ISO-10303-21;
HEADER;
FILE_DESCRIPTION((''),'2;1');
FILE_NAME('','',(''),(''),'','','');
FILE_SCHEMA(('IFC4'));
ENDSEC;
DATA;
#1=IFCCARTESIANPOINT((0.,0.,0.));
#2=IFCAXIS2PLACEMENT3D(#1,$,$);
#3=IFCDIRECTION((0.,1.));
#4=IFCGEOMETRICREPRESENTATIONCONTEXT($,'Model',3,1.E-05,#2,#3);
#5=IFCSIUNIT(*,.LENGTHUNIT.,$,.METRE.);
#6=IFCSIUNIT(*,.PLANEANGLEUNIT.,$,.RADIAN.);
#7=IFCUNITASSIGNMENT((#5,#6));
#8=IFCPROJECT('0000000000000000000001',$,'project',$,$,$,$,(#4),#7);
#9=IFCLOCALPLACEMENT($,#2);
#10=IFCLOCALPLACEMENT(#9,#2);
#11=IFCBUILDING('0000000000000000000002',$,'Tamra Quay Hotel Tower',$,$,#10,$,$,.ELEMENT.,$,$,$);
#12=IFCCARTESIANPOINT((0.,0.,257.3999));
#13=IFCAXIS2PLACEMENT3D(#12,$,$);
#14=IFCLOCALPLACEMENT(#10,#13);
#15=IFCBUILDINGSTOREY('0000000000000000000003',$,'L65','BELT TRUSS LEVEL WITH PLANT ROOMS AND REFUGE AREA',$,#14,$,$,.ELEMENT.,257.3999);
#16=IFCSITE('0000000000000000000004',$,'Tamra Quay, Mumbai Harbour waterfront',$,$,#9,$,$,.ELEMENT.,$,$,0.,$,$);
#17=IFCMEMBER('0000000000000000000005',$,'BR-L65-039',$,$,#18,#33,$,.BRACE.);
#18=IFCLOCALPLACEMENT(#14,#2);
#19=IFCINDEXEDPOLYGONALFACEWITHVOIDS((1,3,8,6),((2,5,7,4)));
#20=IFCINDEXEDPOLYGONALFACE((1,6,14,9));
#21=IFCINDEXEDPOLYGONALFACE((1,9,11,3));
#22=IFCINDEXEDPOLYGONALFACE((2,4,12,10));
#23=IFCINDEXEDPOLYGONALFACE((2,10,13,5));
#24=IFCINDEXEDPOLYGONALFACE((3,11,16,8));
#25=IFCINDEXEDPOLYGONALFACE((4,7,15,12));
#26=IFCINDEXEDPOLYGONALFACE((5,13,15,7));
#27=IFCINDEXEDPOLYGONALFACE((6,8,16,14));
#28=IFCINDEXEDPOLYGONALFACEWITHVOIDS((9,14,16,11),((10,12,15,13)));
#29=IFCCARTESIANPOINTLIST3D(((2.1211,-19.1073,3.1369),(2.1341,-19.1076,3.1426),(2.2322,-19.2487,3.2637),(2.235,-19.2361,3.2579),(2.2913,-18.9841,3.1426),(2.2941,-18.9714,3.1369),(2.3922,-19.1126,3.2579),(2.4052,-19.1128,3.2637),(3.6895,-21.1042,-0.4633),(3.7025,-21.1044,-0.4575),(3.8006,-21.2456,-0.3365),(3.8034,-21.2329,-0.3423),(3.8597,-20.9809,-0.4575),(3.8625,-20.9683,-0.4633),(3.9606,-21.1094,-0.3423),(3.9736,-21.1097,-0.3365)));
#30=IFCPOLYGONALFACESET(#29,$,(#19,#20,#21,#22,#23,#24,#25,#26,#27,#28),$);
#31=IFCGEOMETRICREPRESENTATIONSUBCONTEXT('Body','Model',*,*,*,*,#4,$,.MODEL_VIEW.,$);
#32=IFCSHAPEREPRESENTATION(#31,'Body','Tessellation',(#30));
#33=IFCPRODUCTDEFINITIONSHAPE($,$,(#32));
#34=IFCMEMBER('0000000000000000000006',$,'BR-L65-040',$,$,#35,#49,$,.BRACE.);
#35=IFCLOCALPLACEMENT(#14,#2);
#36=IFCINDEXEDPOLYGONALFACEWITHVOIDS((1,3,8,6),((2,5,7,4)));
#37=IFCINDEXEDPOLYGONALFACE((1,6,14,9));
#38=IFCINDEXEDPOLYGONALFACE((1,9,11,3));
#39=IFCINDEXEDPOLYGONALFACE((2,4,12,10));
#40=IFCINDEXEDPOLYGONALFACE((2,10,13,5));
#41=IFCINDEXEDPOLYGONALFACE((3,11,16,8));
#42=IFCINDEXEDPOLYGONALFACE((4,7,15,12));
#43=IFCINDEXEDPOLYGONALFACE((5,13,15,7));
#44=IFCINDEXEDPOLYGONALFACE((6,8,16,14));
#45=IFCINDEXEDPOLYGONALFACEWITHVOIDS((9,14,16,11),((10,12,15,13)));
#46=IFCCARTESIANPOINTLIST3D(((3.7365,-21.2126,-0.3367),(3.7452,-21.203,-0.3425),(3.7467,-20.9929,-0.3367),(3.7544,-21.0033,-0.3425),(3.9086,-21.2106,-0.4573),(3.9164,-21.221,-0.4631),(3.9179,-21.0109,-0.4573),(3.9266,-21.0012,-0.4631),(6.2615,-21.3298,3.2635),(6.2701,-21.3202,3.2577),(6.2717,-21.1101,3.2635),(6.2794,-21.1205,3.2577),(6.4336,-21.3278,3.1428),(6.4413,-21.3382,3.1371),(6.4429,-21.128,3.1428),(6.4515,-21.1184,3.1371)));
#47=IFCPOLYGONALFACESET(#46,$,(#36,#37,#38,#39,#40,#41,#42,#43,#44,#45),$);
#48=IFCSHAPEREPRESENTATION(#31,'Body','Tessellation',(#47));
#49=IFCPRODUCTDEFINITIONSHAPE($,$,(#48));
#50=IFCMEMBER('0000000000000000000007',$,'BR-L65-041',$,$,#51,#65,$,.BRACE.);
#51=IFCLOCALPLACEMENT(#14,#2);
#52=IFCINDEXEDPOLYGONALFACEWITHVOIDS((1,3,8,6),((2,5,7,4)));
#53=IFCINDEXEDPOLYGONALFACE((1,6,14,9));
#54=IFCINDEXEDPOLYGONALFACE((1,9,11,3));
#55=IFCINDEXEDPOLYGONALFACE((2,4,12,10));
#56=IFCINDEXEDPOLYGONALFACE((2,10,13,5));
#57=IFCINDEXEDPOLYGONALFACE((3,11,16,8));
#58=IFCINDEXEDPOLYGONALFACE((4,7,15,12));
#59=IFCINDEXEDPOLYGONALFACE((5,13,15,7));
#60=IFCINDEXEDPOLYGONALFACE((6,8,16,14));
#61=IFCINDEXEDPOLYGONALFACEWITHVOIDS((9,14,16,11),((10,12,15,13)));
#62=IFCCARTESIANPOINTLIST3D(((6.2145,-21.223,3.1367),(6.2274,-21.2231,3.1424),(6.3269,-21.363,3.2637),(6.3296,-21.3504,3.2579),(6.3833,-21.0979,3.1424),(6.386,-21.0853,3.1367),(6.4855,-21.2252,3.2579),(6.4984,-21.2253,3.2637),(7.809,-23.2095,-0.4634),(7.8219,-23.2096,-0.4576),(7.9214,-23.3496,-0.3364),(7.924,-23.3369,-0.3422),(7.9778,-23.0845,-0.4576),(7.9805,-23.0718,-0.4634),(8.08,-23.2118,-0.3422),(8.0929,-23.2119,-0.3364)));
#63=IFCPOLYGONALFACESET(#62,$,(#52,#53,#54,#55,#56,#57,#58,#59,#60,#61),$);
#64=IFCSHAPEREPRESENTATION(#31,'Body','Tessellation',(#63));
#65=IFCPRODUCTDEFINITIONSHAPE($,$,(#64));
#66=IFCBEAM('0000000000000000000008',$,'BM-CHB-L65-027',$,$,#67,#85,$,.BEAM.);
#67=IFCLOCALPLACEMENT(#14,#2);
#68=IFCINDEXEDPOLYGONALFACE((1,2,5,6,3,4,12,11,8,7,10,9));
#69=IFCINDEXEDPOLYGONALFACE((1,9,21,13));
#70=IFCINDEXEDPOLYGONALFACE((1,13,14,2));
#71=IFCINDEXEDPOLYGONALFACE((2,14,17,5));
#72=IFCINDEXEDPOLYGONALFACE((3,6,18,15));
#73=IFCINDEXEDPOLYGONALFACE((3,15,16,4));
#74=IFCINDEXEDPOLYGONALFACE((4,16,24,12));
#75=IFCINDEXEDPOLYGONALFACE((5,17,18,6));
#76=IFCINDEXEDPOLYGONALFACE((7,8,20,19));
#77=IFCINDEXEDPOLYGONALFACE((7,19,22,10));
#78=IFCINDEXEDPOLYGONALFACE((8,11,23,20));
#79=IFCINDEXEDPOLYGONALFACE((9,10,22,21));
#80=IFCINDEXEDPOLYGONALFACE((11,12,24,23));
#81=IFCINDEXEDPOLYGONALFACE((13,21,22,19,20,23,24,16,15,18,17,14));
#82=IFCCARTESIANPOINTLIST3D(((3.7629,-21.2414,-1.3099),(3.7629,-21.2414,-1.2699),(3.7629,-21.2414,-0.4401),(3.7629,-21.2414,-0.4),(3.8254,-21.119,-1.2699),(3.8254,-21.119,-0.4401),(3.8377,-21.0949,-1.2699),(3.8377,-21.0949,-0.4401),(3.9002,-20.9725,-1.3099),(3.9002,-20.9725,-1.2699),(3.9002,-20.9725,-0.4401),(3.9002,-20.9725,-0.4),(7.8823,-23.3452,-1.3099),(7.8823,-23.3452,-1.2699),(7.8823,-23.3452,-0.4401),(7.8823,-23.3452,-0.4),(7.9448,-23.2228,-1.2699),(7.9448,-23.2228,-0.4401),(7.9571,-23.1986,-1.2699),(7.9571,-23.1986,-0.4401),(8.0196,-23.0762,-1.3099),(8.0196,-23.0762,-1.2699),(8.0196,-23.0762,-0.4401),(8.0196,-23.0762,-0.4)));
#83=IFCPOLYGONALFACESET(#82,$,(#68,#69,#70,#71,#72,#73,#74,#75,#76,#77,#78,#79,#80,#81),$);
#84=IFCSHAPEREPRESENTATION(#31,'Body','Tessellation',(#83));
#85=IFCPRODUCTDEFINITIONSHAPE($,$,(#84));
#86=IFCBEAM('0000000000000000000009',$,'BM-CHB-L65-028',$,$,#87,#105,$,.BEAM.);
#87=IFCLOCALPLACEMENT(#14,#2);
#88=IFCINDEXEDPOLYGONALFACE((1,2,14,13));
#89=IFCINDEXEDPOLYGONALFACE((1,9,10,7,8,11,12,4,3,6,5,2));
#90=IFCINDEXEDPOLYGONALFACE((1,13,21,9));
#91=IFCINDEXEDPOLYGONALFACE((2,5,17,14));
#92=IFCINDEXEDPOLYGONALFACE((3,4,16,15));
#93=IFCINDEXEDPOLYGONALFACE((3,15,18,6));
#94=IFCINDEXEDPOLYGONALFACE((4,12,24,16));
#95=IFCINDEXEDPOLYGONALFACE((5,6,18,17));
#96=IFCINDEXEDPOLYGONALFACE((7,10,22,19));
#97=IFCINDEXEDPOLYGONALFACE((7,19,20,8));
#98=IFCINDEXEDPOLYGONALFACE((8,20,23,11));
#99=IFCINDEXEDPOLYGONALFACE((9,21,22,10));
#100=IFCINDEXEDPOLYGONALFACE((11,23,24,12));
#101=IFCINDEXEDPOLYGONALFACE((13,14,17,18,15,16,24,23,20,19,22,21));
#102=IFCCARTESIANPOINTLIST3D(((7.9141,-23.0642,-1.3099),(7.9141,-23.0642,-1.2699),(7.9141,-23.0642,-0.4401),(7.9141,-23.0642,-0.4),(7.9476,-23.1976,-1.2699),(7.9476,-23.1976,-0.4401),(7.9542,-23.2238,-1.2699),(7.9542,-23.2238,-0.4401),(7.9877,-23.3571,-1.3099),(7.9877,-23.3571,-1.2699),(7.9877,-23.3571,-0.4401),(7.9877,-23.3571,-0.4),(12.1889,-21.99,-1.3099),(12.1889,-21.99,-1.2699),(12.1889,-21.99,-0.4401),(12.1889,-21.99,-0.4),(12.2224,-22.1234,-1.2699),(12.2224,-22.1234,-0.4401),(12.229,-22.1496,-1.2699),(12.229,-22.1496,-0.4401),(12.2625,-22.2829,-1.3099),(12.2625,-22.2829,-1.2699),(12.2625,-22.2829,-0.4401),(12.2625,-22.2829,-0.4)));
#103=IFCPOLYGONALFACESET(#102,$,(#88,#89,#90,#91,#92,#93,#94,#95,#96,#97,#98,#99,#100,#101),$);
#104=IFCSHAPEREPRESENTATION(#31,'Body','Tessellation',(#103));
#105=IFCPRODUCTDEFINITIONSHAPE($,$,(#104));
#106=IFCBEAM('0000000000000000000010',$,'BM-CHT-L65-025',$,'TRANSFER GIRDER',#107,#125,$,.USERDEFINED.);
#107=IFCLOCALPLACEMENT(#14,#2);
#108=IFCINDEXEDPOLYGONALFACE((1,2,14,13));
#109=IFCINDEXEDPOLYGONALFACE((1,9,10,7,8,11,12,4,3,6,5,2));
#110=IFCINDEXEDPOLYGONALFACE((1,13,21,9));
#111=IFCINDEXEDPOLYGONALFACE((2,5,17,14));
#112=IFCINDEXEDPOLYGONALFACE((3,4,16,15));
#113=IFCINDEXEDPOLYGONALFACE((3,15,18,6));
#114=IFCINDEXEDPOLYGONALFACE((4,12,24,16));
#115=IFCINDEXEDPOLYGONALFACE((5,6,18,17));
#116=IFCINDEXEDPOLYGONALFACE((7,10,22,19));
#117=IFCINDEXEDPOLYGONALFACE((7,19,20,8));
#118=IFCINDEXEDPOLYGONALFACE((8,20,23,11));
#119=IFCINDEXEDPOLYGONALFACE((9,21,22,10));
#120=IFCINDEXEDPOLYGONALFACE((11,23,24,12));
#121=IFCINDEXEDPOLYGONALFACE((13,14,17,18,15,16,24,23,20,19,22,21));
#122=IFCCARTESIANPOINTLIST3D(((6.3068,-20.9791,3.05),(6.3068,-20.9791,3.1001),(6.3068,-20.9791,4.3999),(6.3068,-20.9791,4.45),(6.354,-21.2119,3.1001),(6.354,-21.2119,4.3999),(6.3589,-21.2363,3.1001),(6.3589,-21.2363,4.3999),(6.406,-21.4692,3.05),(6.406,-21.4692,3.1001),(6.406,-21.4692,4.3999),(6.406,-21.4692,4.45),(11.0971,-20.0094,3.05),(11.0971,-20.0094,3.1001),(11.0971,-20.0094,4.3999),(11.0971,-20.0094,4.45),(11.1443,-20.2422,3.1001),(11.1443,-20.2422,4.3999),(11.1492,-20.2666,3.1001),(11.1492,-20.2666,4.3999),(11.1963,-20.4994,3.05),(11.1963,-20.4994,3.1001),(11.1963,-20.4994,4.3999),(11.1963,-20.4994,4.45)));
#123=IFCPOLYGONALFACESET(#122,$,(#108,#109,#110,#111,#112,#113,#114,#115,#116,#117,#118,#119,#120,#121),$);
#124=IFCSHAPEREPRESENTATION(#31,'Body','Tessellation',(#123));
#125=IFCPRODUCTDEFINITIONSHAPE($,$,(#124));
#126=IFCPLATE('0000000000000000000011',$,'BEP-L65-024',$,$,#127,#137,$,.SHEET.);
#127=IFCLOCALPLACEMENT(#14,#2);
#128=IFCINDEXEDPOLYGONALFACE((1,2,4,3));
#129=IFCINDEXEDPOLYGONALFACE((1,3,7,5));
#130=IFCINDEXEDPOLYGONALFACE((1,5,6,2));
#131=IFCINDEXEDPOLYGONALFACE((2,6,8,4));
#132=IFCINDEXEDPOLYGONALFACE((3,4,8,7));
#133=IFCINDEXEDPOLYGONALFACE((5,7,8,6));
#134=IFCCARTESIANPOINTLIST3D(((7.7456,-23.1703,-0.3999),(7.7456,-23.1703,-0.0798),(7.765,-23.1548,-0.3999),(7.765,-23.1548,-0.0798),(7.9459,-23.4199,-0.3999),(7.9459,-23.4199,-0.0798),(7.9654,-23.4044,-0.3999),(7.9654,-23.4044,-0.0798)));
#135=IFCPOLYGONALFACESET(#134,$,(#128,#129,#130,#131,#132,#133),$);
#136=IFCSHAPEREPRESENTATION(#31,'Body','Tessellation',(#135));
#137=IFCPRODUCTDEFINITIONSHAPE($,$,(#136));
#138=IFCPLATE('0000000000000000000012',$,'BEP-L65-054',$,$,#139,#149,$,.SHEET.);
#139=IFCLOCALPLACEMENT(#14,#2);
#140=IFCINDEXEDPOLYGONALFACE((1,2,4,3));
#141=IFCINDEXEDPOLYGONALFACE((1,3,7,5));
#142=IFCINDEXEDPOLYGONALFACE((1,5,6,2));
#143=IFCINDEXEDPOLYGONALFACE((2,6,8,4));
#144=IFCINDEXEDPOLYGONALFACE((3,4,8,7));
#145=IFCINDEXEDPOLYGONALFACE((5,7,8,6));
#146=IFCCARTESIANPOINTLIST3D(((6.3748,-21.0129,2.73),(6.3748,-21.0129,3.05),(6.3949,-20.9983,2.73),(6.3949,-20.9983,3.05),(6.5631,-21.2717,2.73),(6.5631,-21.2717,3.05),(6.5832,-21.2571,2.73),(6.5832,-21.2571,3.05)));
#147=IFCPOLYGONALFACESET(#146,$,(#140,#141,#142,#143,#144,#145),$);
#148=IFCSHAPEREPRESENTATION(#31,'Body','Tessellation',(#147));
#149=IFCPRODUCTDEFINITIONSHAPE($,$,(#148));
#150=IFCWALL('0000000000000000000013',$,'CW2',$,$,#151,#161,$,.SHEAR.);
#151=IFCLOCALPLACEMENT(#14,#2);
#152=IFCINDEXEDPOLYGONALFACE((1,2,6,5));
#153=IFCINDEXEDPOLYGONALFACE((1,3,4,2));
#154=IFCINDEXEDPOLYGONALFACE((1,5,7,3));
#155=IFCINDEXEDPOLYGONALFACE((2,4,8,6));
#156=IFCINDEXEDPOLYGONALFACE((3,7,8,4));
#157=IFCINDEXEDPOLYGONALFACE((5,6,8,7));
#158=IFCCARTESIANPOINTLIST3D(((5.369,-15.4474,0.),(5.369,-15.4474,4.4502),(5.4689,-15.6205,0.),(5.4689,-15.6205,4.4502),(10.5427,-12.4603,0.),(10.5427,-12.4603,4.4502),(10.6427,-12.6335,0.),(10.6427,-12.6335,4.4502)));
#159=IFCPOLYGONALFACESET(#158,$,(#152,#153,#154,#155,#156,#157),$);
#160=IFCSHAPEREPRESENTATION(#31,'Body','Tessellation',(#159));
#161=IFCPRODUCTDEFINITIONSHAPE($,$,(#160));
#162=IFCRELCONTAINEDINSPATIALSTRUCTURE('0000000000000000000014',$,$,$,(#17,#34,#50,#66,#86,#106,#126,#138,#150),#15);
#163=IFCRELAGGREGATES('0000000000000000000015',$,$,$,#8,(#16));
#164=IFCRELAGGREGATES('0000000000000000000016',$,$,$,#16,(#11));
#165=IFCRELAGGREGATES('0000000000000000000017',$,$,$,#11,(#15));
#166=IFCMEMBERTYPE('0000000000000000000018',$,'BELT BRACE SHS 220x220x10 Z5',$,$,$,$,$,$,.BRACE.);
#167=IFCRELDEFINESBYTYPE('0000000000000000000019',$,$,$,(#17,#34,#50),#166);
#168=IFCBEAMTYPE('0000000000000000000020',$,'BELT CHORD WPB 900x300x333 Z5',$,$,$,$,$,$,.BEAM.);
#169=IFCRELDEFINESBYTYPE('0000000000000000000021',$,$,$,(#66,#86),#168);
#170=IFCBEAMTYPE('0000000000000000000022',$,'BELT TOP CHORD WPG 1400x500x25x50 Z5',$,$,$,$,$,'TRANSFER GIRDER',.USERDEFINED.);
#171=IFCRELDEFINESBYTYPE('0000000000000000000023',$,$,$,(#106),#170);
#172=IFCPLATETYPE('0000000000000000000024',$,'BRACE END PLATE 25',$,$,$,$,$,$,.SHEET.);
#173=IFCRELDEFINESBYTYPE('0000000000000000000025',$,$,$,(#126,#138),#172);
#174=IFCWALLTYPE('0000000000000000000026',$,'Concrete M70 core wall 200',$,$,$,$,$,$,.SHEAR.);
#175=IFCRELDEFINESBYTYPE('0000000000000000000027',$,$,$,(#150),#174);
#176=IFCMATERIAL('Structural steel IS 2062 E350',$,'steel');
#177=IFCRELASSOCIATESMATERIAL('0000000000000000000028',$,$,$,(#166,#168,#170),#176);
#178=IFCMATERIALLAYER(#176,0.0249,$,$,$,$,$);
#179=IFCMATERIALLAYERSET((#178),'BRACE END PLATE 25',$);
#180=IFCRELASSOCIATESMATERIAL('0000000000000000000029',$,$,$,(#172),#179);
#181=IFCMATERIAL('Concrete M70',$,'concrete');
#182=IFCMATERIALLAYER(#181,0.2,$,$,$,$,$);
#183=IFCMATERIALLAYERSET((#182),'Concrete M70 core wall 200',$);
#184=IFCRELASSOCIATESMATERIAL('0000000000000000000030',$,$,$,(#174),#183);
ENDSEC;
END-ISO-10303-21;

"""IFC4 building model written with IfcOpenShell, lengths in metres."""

from ifc_helpers import new_model, si_unit, direction, frame, frame_2d, origin, origin_2d, place, context, subcontext, project, spatial, rectangle, hollow_rectangle, i_section, extrude, material, layer, layer_set, material_profile, profile_set, type_object, element, save


model = new_model("IFC4")

# Units and contexts
model_context = context("Model", 3, precision=1e-05, world=origin(), true_north=direction((0.0, 1.0)))
body_context = subcontext(model_context, "Body", "Model", "MODEL_VIEW")
ifc_project = project(units=[si_unit("LENGTHUNIT", "METRE"), si_unit("PLANEANGLEUNIT", "RADIAN")], contexts=[model_context])

# Site, building, storey
site_placement = place(None, origin())
site = spatial("IfcSite", under=ifc_project, at=site_placement, Name="Tamra Quay, Mumbai Harbour waterfront", CompositionType="ELEMENT", RefElevation=0.0)
building_placement = place(site_placement, origin())
building = spatial("IfcBuilding", under=site, at=building_placement, Name="Tamra Quay Hotel Tower", CompositionType="ELEMENT")
storey_placement = place(building_placement, frame((0.0, 0.0, 257.3999)))
storey = spatial("IfcBuildingStorey", under=building, at=storey_placement, Name="L65", Description="BELT TRUSS LEVEL WITH PLANT ROOMS AND REFUGE AREA", CompositionType="ELEMENT", Elevation=257.3999)

# Members
ifc_material_1 = material(Name="Structural steel IS 2062 E350", Category="steel")
ifc_material_profile_1 = material_profile(ifc_material_1, hollow_rectangle(XDim=0.22, YDim=0.22, WallThickness=0.01, at=origin_2d()), Name="SHS 220x220x10")
ifc_profile_set_1 = profile_set([ifc_material_profile_1], Name="Structural steel IS 2062 E350")
member_type = type_object("IfcMemberType", Name="BELT BRACE SHS 220x220x10 Z5", PredefinedType="BRACE", material=ifc_profile_set_1)
member_1_placement = place(storey_placement, frame((3.8315, -21.1069, -0.3999), z_axis=(-0.356006, 0.453265, 0.817196), x_axis=(-0.786428, -0.617681, 0.0)))
element("IfcMember", 1, at=member_1_placement, inside=storey, type_object=member_type, Name="BR-L65-039", PredefinedType="BRACE", context=body_context, shape_type="SweptSolid", body=[
    extrude(hollow_rectangle(XDim=0.22, YDim=0.22, WallThickness=0.01, at=origin_2d()), origin(), (0.0, 0.0, 1.0), 4.4055),
])
member_2_placement = place(storey_placement, frame((3.8315, -21.1069, -0.3999), z_axis=(0.573996, -0.026641, 0.818425), x_axis=(0.046363, 0.998925, 0.0)))
element("IfcMember", 2, at=member_2_placement, inside=storey, type_object=member_type, Name="BR-L65-040", PredefinedType="BRACE", context=body_context, shape_type="SweptSolid", body=[
    extrude(hollow_rectangle(XDim=0.22, YDim=0.22, WallThickness=0.01, at=origin_2d()), origin(), (0.0, 0.0, 1.0), 4.3989),
])
member_3_placement = place(storey_placement, frame((7.9509, -23.2107, -0.3999), z_axis=(-0.361547, 0.450453, 0.816318), x_axis=(-0.779867, -0.625945, 0.0)))
element("IfcMember", 3, at=member_3_placement, inside=storey, type_object=member_type, Name="BR-L65-041", PredefinedType="BRACE", context=body_context, shape_type="SweptSolid", body=[
    extrude(hollow_rectangle(XDim=0.22, YDim=0.22, WallThickness=0.01, at=origin_2d()), origin(), (0.0, 0.0, 1.0), 4.4102),
])

# Beams
ifc_material_profile_2 = material_profile(ifc_material_1, i_section(OverallWidth=0.302, OverallDepth=0.9099, WebThickness=0.0271, FlangeThickness=0.04, at=origin_2d()), Name="WPB 900x300x333")
ifc_profile_set_2 = profile_set([ifc_material_profile_2], Name="Structural steel IS 2062 E350")
beam_type_1 = type_object("IfcBeamType", Name="BELT CHORD WPB 900x300x333 Z5", PredefinedType="BEAM", material=ifc_profile_set_2)
beam_1_placement = place(storey_placement, frame((3.8315, -21.1069, -0.855), z_axis=(0.890584, -0.454819, 0.0), x_axis=(0.454819, 0.890584, 0.0)))
element("IfcBeam", 4, at=beam_1_placement, inside=storey, type_object=beam_type_1, Name="BM-CHB-L65-027", PredefinedType="BEAM", context=body_context, shape_type="SweptSolid", body=[
    extrude(i_section(OverallWidth=0.302, OverallDepth=0.9099, WebThickness=0.0271, FlangeThickness=0.04, at=origin_2d()), origin(), (0.0, 0.0, 1.0), 4.6255),
])
beam_2_placement = place(storey_placement, frame((7.9509, -23.2107, -0.855), z_axis=(0.969849, 0.243708, 0.0), x_axis=(-0.243708, 0.969849, 0.0)))
element("IfcBeam", 5, at=beam_2_placement, inside=storey, type_object=beam_type_1, Name="BM-CHB-L65-028", PredefinedType="BEAM", context=body_context, shape_type="SweptSolid", body=[
    extrude(i_section(OverallWidth=0.302, OverallDepth=0.9099, WebThickness=0.0271, FlangeThickness=0.04, at=origin_2d()), origin(), (0.0, 0.0, 1.0), 4.4077),
])
ifc_material_profile_3 = material_profile(ifc_material_1, i_section(OverallWidth=0.5, OverallDepth=1.3999, WebThickness=0.0249, FlangeThickness=0.05, at=origin_2d()), Name="WPG 1400x500x25x50")
ifc_profile_set_3 = profile_set([ifc_material_profile_3], Name="Structural steel IS 2062 E350")
beam_type_2 = type_object("IfcBeamType", Name="BELT TOP CHORD WPG 1400x500x25x50 Z5", ElementType="TRANSFER GIRDER", PredefinedType="USERDEFINED", material=ifc_profile_set_3)
beam_3_placement = place(storey_placement, frame((6.3564, -21.2241, 3.75), z_axis=(0.980119, 0.198411, 0.0), x_axis=(-0.198411, 0.980119, 0.0)))
element("IfcBeam", 6, at=beam_3_placement, inside=storey, type_object=beam_type_2, Name="BM-CHT-L65-025", ObjectType="TRANSFER GIRDER", PredefinedType="USERDEFINED", context=body_context, shape_type="SweptSolid", body=[
    extrude(i_section(OverallWidth=0.5, OverallDepth=1.3999, WebThickness=0.0249, FlangeThickness=0.05, at=origin_2d()), origin(), (0.0, 0.0, 1.0), 4.8875),
])

# Plates
ifc_layer_1 = layer(ifc_material_1, 0.0249)
ifc_layer_set_1 = layer_set([ifc_layer_1], Name="BRACE END PLATE 25")
plate_type = type_object("IfcPlateType", Name="BRACE END PLATE 25", PredefinedType="SHEET", material=ifc_layer_set_1)
for number, where, z_axis, x_axis, name in (
    (7, (7.8555, -23.2874, -0.3999), (0.0, 0.0, 1.0), (0.779838, 0.625982, 0.0), "BEP-L65-024"),
    (8, (6.479, -21.135, 2.73), (0.0, 0.0, 1.0), (0.808533, 0.588452, 0.0), "BEP-L65-054"),
):
    element("IfcPlate", number, at=place(storey_placement, frame(where, z_axis=z_axis, x_axis=x_axis)), inside=storey, type_object=plate_type, Name=name, PredefinedType="SHEET", context=body_context, shape_type="SweptSolid", body=[
        extrude(rectangle(XDim=0.0249, YDim=0.3201, at=origin_2d()), origin(), (0.0, 0.0, 1.0), 0.3201),
    ])

# Wall
ifc_material_2 = material(Name="Concrete M70", Category="concrete")
ifc_layer_2 = layer(ifc_material_2, 0.2)
ifc_layer_set_2 = layer_set([ifc_layer_2], Name="Concrete M70 core wall 200")
wall_type_1 = type_object("IfcWallType", Name="Concrete M70 core wall 200", PredefinedType="SHEAR", material=ifc_layer_set_2)
wall_1_placement = place(storey_placement, frame((5.4189, -15.5339, 0.0), z_axis=(0.0, 0.0, 1.0), x_axis=(0.866029, 0.499994, 0.0)))
element("IfcWall", 9, at=wall_1_placement, inside=storey, type_object=wall_type_1, Name="CW2", PredefinedType="SHEAR", context=body_context, shape_type="SweptSolid", body=[
    extrude(rectangle(XDim=5.9741, YDim=0.2, at=frame_2d((2.9871, 0.0))), origin(), (0.0, 0.0, 1.0), 4.4502),
])

save(model, "model.ifc")
